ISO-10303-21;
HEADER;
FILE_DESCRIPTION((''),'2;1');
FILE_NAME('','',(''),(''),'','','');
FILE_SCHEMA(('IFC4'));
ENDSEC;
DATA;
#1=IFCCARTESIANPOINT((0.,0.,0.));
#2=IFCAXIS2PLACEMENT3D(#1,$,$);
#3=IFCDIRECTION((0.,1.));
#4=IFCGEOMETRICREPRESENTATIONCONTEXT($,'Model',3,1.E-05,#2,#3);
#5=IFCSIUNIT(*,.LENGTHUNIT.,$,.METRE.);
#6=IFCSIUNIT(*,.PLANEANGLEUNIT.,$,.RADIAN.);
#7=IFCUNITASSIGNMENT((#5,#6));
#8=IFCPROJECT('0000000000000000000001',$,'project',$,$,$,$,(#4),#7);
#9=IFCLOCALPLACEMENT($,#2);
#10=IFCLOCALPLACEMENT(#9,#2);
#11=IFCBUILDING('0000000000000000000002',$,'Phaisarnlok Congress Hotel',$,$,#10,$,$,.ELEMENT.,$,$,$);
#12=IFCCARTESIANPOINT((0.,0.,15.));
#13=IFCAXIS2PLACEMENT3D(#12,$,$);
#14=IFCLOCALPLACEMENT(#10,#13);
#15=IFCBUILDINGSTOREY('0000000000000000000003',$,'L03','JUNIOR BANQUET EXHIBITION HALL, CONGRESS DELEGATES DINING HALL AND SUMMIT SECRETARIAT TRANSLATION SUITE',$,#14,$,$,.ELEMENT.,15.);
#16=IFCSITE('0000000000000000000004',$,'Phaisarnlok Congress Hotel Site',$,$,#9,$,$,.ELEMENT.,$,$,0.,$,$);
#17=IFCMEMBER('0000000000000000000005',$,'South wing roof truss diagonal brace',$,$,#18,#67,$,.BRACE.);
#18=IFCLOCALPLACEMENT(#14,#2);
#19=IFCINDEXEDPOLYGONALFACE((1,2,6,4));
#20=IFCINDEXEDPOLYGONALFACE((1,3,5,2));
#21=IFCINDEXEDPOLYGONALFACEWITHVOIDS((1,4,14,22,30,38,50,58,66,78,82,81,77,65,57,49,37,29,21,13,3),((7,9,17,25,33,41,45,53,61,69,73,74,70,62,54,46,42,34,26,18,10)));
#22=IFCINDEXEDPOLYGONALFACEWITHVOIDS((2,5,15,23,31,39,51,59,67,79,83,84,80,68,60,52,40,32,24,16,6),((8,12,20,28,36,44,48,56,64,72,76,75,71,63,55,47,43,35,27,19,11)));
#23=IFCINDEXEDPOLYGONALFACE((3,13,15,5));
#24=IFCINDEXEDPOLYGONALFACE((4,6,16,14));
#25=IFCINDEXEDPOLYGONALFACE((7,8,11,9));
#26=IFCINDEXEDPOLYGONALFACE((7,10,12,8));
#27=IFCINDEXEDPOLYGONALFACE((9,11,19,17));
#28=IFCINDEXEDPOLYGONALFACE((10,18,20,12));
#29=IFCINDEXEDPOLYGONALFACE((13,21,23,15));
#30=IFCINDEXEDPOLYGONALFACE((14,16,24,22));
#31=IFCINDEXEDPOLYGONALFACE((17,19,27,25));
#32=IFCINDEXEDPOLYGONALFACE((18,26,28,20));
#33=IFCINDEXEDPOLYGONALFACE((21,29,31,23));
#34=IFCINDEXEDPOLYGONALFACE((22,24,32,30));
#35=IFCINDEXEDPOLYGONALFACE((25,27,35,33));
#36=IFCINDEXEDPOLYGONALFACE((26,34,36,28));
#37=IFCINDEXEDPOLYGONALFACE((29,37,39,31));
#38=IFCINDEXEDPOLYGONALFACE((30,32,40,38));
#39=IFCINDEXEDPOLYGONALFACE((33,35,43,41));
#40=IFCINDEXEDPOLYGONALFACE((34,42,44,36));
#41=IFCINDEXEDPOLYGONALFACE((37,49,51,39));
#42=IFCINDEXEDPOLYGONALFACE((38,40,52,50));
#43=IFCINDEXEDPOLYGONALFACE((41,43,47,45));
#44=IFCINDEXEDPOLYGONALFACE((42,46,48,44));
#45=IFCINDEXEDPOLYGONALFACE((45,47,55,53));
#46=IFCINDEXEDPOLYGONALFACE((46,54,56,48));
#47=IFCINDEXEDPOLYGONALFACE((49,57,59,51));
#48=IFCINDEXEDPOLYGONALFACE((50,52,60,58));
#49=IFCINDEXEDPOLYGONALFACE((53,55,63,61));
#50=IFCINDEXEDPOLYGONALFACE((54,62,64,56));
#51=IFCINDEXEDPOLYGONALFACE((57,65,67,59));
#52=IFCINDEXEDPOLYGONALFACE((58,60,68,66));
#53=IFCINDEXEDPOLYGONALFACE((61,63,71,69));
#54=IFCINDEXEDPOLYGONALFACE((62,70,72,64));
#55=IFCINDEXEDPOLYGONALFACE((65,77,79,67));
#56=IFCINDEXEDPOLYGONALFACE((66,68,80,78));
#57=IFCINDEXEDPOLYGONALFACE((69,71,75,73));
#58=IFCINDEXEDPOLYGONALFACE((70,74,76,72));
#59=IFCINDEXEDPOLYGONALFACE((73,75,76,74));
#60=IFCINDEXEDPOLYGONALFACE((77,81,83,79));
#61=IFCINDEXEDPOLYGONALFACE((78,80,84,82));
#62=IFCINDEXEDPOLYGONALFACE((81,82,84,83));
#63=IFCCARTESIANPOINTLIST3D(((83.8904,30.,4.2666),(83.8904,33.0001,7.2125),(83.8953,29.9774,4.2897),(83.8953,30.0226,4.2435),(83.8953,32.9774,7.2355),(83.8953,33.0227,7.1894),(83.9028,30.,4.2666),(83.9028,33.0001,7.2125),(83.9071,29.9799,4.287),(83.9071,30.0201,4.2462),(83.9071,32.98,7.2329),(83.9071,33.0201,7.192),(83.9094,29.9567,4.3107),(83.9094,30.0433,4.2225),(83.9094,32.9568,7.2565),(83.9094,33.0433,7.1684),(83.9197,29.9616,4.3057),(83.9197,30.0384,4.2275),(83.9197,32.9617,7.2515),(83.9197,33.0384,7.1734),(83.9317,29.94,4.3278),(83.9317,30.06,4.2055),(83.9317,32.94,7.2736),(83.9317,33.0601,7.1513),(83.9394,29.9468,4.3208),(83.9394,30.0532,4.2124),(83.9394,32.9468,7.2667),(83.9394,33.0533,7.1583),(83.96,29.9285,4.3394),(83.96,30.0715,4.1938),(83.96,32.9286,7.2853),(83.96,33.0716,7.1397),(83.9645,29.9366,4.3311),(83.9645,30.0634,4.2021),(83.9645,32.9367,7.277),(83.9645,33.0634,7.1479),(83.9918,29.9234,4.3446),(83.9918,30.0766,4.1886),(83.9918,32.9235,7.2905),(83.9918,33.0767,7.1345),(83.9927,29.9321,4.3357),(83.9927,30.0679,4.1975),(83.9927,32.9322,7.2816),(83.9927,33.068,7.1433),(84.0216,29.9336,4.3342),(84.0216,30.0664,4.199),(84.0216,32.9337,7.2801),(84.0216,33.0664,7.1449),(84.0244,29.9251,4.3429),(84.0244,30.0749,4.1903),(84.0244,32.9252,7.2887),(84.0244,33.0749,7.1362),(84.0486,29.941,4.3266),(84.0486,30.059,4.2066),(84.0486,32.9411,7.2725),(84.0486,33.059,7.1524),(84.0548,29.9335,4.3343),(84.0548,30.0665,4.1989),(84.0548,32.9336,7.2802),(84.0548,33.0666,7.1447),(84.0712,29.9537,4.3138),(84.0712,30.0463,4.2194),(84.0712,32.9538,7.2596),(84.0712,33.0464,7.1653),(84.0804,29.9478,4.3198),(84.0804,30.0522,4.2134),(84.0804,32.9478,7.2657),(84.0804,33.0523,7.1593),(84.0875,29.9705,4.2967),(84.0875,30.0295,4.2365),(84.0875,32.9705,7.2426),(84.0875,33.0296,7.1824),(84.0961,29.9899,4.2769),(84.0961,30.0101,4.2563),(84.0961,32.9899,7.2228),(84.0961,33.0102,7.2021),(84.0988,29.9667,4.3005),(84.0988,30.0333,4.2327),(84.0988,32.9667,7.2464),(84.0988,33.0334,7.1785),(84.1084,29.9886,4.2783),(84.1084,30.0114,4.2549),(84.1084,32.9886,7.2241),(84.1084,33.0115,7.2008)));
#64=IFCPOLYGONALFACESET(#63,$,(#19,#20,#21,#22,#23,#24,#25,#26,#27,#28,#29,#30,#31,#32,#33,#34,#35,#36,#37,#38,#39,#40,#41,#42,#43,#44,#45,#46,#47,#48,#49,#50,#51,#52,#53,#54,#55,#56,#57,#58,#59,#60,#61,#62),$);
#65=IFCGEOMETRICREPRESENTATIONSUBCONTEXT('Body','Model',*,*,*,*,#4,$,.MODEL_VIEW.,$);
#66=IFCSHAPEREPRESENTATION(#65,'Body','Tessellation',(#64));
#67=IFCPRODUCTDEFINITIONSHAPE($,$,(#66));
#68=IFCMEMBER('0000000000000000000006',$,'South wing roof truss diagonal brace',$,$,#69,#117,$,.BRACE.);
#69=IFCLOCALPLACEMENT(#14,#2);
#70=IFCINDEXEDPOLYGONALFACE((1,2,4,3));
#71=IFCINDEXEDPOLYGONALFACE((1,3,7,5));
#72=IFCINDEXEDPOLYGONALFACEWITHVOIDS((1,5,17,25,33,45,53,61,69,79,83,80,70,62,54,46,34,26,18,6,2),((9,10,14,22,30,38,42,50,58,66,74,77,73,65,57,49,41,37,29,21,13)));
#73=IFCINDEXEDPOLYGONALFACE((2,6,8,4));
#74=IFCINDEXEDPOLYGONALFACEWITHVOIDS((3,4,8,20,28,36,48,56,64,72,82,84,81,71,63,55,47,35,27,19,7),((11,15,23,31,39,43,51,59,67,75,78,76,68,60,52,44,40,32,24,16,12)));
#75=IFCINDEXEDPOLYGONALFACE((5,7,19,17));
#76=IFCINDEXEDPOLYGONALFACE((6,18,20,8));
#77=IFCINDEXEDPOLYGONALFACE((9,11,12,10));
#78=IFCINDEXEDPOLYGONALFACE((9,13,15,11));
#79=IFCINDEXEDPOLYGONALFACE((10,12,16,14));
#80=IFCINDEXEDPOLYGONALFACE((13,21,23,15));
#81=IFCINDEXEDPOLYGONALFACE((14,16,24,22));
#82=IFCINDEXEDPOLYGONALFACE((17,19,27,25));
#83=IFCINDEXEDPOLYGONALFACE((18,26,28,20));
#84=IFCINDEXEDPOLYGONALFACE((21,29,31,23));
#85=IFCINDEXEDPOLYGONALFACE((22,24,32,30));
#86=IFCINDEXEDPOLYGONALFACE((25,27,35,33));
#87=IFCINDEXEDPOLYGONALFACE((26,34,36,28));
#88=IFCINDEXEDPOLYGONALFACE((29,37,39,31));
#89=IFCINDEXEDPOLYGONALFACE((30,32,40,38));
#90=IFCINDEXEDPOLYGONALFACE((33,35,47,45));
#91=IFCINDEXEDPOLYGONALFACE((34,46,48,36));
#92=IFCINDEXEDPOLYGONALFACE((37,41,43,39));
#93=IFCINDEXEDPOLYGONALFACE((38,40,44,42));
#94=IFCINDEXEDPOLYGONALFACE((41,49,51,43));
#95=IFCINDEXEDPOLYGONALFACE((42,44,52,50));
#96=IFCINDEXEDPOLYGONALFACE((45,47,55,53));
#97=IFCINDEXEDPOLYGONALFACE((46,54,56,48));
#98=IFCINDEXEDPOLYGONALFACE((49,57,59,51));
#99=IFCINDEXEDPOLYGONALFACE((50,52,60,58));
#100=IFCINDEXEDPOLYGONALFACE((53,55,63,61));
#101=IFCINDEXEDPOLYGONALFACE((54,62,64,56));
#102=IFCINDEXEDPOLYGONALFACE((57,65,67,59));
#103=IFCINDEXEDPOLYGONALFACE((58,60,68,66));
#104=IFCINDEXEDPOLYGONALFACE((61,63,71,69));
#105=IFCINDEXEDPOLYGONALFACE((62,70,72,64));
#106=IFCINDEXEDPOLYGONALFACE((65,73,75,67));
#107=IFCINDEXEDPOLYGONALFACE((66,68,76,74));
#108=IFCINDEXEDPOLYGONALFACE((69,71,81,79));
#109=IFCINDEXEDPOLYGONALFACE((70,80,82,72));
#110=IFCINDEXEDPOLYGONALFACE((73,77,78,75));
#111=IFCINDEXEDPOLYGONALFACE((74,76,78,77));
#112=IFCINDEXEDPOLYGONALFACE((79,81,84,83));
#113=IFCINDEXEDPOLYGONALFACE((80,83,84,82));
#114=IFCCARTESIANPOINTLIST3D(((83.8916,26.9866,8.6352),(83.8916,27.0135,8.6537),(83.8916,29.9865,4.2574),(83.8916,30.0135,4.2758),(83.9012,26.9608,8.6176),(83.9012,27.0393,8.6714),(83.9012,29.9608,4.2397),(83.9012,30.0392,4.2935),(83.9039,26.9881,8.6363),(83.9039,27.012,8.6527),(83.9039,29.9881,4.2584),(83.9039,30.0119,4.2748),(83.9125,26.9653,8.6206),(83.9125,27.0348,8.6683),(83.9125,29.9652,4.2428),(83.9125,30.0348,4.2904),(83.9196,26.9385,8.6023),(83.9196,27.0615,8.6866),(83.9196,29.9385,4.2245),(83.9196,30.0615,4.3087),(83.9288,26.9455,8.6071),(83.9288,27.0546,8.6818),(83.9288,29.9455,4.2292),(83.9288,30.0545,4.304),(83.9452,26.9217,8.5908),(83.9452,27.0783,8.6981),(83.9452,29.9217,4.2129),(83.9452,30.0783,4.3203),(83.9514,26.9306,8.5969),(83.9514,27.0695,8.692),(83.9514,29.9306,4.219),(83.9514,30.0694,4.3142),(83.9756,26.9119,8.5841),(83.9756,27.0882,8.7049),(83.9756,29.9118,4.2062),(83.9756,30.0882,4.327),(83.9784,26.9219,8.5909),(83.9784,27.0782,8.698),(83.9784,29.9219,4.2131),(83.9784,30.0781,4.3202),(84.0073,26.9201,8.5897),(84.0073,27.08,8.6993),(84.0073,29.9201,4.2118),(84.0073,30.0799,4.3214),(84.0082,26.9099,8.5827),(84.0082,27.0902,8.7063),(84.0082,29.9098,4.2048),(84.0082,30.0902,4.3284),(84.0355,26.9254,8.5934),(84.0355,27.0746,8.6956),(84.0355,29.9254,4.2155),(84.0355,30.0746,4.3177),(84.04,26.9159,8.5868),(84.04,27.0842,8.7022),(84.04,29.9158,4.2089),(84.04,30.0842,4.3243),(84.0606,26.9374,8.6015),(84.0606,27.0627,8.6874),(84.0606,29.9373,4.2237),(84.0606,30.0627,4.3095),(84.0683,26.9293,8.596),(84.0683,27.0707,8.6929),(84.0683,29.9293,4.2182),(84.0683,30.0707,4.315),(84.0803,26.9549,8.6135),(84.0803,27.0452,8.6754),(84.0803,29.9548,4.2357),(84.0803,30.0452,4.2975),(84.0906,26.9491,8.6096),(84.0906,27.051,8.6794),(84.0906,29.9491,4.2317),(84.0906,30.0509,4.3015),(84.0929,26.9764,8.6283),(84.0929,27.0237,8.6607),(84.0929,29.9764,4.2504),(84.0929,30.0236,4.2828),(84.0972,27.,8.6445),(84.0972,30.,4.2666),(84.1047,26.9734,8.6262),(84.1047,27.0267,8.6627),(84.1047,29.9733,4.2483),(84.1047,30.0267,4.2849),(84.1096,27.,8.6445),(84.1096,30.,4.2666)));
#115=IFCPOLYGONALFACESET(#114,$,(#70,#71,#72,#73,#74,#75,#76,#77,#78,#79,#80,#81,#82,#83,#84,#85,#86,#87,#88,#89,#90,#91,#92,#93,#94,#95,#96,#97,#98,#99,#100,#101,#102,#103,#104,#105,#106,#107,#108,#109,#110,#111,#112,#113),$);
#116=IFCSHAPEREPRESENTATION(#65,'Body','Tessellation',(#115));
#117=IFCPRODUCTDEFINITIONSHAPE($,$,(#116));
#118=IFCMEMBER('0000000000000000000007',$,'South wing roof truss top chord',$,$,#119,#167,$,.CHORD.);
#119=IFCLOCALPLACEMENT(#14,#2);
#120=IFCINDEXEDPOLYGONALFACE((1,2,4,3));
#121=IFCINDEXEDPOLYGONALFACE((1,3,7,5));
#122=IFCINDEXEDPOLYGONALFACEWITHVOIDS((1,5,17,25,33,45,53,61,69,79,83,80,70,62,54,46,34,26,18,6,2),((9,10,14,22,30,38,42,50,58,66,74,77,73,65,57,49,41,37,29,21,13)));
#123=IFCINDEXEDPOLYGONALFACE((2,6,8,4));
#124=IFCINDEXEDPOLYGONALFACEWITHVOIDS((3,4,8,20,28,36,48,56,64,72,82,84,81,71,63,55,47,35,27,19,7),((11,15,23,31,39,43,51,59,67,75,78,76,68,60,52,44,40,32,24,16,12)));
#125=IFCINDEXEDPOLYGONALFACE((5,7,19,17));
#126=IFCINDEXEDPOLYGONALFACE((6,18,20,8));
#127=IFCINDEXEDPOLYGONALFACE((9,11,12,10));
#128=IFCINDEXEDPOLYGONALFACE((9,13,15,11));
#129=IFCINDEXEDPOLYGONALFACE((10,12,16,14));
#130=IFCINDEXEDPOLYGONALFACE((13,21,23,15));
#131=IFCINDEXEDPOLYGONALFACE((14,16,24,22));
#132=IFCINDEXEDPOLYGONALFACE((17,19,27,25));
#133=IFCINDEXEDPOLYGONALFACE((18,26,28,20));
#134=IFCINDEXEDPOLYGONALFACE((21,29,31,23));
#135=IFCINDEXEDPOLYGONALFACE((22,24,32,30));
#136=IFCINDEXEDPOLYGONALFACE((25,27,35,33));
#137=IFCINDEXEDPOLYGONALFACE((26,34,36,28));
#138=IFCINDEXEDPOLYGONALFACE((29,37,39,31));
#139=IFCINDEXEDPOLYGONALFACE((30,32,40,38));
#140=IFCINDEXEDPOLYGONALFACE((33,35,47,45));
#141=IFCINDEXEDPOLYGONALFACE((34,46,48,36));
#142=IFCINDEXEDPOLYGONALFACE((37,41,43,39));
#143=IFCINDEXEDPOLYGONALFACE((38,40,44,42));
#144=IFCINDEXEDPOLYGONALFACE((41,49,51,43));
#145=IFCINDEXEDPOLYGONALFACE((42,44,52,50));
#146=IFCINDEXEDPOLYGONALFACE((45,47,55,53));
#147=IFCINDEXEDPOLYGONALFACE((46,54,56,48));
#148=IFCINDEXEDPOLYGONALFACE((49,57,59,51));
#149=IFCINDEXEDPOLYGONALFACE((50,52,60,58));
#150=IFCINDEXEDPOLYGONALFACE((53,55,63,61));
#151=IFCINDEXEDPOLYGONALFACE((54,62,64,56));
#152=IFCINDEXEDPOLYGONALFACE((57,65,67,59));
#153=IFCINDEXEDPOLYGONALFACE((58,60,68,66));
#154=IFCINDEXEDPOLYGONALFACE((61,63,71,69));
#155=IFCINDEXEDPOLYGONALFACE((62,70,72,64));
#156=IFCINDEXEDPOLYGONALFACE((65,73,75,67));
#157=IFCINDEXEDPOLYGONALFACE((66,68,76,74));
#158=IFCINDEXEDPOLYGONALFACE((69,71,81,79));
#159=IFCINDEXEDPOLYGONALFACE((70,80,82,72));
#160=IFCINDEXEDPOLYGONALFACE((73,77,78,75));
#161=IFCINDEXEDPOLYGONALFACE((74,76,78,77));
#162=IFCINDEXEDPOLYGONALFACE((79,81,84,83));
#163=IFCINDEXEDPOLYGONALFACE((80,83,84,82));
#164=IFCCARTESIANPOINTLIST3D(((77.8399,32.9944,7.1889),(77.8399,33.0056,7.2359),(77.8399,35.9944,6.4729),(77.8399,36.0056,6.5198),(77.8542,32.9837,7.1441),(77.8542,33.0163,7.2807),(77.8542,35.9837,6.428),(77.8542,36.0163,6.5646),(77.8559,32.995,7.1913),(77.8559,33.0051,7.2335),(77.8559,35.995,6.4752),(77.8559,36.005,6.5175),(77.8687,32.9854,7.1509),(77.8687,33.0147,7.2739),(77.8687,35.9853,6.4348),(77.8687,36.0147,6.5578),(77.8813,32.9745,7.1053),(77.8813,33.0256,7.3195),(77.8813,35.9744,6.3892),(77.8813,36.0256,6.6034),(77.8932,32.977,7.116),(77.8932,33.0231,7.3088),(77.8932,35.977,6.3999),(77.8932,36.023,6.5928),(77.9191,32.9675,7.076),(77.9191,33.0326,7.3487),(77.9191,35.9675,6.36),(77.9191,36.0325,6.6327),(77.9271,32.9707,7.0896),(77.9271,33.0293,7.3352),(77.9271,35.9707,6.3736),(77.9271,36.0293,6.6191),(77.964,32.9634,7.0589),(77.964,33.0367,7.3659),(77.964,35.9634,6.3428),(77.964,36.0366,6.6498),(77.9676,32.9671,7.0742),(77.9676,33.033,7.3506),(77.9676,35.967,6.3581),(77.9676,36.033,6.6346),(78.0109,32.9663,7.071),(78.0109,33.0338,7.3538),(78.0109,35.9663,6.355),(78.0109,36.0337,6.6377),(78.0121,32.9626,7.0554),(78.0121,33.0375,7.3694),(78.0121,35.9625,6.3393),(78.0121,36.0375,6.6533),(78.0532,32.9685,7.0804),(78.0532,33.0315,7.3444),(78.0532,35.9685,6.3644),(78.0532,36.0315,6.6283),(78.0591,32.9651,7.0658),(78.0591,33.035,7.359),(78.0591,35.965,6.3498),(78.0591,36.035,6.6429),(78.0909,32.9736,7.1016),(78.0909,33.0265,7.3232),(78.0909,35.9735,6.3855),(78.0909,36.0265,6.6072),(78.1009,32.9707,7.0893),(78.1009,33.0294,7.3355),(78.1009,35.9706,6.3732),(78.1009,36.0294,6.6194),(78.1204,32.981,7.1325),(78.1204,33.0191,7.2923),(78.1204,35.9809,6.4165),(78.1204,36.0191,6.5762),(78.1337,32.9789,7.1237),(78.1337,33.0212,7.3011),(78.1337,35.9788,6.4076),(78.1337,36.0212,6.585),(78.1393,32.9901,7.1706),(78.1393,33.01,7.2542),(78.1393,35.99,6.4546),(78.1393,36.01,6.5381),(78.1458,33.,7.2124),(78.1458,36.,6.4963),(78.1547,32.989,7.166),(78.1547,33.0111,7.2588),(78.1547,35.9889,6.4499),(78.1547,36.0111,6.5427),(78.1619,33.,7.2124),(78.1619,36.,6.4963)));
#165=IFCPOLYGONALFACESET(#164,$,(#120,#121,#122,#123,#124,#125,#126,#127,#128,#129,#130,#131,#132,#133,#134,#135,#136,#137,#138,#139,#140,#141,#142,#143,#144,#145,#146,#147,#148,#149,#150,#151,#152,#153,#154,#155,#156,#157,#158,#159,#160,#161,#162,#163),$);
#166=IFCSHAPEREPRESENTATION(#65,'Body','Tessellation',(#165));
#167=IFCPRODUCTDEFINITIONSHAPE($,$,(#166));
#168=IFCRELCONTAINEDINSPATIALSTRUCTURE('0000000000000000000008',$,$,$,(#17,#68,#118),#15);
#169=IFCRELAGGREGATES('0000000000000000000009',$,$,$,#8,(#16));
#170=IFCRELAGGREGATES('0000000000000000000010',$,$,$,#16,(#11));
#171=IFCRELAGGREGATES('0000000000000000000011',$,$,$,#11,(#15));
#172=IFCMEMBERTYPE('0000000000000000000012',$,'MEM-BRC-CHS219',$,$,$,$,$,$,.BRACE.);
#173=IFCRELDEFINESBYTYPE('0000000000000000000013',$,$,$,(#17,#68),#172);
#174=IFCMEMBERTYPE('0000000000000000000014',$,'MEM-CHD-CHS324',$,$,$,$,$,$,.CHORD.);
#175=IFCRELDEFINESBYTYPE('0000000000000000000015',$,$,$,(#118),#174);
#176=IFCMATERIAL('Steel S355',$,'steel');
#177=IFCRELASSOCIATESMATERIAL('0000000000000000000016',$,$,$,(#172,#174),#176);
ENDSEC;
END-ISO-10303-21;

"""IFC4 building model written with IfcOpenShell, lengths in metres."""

from ifc_helpers import new_model, si_unit, direction, frame, origin, origin_2d, place, context, subcontext, project, spatial, hollow_circle, extrude, material, material_profile, profile_set, type_object, element, save


model = new_model("IFC4")

# Units and contexts
model_context = context("Model", 3, precision=1e-05, world=origin(), true_north=direction((0.0, 1.0)))
body_context = subcontext(model_context, "Body", "Model", "MODEL_VIEW")
ifc_project = project(units=[si_unit("LENGTHUNIT", "METRE"), si_unit("PLANEANGLEUNIT", "RADIAN")], contexts=[model_context])

# Site, building, storey
site_placement = place(None, origin())
site = spatial("IfcSite", under=ifc_project, at=site_placement, Name="Phaisarnlok Congress Hotel Site", CompositionType="ELEMENT", RefElevation=0.0)
building_placement = place(site_placement, origin())
building = spatial("IfcBuilding", under=site, at=building_placement, Name="Phaisarnlok Congress Hotel", CompositionType="ELEMENT")
storey_placement = place(building_placement, frame((0.0, 0.0, 15.0)))
storey = spatial("IfcBuildingStorey", under=building, at=storey_placement, Name="L03", Description="JUNIOR BANQUET EXHIBITION HALL, CONGRESS DELEGATES DINING HALL AND SUMMIT SECRETARIAT TRANSLATION SUITE", CompositionType="ELEMENT", Elevation=15.0)

# Shared definitions
ifc_material_1 = material(Name="Steel S355", Category="steel")

# Members
ifc_material_profile_1 = material_profile(ifc_material_1, hollow_circle(Radius=0.1096, WallThickness=0.0125, at=origin_2d()), Name="CHS 219.1x12.5")
ifc_profile_set_1 = profile_set([ifc_material_profile_1], Name="Steel S355")
member_type_1 = type_object("IfcMemberType", Name="MEM-BRC-CHS219", PredefinedType="BRACE", material=ifc_profile_set_1)
member_1_placement = place(storey_placement, frame((84.0, 30.0, 4.2666), z_axis=(0.0, 0.713523, 0.700632), x_axis=(-1.0, 0.0, 0.0)))
element("IfcMember", 1, at=member_1_placement, inside=storey, type_object=member_type_1, Name="South wing roof truss diagonal brace", PredefinedType="BRACE", context=body_context, shape_type="SweptSolid", body=[
    extrude(hollow_circle(Radius=0.1096, WallThickness=0.0125, at=origin_2d()), origin(), (0.0, 0.0, 1.0), 4.2046),
])
member_2_placement = place(storey_placement, frame((84.0, 30.0, 4.2666), z_axis=(0.0, -0.565271, 0.824905), x_axis=(1.0, 0.0, 0.0)))
element("IfcMember", 2, at=member_2_placement, inside=storey, type_object=member_type_1, Name="South wing roof truss diagonal brace", PredefinedType="BRACE", context=body_context, shape_type="SweptSolid", body=[
    extrude(hollow_circle(Radius=0.1096, WallThickness=0.0125, at=origin_2d()), origin(), (0.0, 0.0, 1.0), 5.3071),
])
ifc_material_profile_2 = material_profile(ifc_material_1, hollow_circle(Radius=0.1619, WallThickness=0.0161, at=origin_2d()), Name="CHS 323.9x16")
ifc_profile_set_2 = profile_set([ifc_material_profile_2], Name="Steel S355")
member_type_2 = type_object("IfcMemberType", Name="MEM-CHD-CHS324", PredefinedType="CHORD", material=ifc_profile_set_2)
for number, where, z_axis, x_axis, name in (
    (3, (78.0, 36.0, 6.4963), (0.0, -0.972676, 0.232166), (1.0, 0.0, 0.0), "South wing roof truss top chord"),
):
    element("IfcMember", number, at=place(storey_placement, frame(where, z_axis=z_axis, x_axis=x_axis)), inside=storey, type_object=member_type_2, Name=name, PredefinedType="CHORD", context=body_context, shape_type="SweptSolid", body=[
        extrude(hollow_circle(Radius=0.1619, WallThickness=0.0161, at=origin_2d()), origin(), (0.0, 0.0, 1.0), 3.0842),
    ])

save(model, "model.ifc")
